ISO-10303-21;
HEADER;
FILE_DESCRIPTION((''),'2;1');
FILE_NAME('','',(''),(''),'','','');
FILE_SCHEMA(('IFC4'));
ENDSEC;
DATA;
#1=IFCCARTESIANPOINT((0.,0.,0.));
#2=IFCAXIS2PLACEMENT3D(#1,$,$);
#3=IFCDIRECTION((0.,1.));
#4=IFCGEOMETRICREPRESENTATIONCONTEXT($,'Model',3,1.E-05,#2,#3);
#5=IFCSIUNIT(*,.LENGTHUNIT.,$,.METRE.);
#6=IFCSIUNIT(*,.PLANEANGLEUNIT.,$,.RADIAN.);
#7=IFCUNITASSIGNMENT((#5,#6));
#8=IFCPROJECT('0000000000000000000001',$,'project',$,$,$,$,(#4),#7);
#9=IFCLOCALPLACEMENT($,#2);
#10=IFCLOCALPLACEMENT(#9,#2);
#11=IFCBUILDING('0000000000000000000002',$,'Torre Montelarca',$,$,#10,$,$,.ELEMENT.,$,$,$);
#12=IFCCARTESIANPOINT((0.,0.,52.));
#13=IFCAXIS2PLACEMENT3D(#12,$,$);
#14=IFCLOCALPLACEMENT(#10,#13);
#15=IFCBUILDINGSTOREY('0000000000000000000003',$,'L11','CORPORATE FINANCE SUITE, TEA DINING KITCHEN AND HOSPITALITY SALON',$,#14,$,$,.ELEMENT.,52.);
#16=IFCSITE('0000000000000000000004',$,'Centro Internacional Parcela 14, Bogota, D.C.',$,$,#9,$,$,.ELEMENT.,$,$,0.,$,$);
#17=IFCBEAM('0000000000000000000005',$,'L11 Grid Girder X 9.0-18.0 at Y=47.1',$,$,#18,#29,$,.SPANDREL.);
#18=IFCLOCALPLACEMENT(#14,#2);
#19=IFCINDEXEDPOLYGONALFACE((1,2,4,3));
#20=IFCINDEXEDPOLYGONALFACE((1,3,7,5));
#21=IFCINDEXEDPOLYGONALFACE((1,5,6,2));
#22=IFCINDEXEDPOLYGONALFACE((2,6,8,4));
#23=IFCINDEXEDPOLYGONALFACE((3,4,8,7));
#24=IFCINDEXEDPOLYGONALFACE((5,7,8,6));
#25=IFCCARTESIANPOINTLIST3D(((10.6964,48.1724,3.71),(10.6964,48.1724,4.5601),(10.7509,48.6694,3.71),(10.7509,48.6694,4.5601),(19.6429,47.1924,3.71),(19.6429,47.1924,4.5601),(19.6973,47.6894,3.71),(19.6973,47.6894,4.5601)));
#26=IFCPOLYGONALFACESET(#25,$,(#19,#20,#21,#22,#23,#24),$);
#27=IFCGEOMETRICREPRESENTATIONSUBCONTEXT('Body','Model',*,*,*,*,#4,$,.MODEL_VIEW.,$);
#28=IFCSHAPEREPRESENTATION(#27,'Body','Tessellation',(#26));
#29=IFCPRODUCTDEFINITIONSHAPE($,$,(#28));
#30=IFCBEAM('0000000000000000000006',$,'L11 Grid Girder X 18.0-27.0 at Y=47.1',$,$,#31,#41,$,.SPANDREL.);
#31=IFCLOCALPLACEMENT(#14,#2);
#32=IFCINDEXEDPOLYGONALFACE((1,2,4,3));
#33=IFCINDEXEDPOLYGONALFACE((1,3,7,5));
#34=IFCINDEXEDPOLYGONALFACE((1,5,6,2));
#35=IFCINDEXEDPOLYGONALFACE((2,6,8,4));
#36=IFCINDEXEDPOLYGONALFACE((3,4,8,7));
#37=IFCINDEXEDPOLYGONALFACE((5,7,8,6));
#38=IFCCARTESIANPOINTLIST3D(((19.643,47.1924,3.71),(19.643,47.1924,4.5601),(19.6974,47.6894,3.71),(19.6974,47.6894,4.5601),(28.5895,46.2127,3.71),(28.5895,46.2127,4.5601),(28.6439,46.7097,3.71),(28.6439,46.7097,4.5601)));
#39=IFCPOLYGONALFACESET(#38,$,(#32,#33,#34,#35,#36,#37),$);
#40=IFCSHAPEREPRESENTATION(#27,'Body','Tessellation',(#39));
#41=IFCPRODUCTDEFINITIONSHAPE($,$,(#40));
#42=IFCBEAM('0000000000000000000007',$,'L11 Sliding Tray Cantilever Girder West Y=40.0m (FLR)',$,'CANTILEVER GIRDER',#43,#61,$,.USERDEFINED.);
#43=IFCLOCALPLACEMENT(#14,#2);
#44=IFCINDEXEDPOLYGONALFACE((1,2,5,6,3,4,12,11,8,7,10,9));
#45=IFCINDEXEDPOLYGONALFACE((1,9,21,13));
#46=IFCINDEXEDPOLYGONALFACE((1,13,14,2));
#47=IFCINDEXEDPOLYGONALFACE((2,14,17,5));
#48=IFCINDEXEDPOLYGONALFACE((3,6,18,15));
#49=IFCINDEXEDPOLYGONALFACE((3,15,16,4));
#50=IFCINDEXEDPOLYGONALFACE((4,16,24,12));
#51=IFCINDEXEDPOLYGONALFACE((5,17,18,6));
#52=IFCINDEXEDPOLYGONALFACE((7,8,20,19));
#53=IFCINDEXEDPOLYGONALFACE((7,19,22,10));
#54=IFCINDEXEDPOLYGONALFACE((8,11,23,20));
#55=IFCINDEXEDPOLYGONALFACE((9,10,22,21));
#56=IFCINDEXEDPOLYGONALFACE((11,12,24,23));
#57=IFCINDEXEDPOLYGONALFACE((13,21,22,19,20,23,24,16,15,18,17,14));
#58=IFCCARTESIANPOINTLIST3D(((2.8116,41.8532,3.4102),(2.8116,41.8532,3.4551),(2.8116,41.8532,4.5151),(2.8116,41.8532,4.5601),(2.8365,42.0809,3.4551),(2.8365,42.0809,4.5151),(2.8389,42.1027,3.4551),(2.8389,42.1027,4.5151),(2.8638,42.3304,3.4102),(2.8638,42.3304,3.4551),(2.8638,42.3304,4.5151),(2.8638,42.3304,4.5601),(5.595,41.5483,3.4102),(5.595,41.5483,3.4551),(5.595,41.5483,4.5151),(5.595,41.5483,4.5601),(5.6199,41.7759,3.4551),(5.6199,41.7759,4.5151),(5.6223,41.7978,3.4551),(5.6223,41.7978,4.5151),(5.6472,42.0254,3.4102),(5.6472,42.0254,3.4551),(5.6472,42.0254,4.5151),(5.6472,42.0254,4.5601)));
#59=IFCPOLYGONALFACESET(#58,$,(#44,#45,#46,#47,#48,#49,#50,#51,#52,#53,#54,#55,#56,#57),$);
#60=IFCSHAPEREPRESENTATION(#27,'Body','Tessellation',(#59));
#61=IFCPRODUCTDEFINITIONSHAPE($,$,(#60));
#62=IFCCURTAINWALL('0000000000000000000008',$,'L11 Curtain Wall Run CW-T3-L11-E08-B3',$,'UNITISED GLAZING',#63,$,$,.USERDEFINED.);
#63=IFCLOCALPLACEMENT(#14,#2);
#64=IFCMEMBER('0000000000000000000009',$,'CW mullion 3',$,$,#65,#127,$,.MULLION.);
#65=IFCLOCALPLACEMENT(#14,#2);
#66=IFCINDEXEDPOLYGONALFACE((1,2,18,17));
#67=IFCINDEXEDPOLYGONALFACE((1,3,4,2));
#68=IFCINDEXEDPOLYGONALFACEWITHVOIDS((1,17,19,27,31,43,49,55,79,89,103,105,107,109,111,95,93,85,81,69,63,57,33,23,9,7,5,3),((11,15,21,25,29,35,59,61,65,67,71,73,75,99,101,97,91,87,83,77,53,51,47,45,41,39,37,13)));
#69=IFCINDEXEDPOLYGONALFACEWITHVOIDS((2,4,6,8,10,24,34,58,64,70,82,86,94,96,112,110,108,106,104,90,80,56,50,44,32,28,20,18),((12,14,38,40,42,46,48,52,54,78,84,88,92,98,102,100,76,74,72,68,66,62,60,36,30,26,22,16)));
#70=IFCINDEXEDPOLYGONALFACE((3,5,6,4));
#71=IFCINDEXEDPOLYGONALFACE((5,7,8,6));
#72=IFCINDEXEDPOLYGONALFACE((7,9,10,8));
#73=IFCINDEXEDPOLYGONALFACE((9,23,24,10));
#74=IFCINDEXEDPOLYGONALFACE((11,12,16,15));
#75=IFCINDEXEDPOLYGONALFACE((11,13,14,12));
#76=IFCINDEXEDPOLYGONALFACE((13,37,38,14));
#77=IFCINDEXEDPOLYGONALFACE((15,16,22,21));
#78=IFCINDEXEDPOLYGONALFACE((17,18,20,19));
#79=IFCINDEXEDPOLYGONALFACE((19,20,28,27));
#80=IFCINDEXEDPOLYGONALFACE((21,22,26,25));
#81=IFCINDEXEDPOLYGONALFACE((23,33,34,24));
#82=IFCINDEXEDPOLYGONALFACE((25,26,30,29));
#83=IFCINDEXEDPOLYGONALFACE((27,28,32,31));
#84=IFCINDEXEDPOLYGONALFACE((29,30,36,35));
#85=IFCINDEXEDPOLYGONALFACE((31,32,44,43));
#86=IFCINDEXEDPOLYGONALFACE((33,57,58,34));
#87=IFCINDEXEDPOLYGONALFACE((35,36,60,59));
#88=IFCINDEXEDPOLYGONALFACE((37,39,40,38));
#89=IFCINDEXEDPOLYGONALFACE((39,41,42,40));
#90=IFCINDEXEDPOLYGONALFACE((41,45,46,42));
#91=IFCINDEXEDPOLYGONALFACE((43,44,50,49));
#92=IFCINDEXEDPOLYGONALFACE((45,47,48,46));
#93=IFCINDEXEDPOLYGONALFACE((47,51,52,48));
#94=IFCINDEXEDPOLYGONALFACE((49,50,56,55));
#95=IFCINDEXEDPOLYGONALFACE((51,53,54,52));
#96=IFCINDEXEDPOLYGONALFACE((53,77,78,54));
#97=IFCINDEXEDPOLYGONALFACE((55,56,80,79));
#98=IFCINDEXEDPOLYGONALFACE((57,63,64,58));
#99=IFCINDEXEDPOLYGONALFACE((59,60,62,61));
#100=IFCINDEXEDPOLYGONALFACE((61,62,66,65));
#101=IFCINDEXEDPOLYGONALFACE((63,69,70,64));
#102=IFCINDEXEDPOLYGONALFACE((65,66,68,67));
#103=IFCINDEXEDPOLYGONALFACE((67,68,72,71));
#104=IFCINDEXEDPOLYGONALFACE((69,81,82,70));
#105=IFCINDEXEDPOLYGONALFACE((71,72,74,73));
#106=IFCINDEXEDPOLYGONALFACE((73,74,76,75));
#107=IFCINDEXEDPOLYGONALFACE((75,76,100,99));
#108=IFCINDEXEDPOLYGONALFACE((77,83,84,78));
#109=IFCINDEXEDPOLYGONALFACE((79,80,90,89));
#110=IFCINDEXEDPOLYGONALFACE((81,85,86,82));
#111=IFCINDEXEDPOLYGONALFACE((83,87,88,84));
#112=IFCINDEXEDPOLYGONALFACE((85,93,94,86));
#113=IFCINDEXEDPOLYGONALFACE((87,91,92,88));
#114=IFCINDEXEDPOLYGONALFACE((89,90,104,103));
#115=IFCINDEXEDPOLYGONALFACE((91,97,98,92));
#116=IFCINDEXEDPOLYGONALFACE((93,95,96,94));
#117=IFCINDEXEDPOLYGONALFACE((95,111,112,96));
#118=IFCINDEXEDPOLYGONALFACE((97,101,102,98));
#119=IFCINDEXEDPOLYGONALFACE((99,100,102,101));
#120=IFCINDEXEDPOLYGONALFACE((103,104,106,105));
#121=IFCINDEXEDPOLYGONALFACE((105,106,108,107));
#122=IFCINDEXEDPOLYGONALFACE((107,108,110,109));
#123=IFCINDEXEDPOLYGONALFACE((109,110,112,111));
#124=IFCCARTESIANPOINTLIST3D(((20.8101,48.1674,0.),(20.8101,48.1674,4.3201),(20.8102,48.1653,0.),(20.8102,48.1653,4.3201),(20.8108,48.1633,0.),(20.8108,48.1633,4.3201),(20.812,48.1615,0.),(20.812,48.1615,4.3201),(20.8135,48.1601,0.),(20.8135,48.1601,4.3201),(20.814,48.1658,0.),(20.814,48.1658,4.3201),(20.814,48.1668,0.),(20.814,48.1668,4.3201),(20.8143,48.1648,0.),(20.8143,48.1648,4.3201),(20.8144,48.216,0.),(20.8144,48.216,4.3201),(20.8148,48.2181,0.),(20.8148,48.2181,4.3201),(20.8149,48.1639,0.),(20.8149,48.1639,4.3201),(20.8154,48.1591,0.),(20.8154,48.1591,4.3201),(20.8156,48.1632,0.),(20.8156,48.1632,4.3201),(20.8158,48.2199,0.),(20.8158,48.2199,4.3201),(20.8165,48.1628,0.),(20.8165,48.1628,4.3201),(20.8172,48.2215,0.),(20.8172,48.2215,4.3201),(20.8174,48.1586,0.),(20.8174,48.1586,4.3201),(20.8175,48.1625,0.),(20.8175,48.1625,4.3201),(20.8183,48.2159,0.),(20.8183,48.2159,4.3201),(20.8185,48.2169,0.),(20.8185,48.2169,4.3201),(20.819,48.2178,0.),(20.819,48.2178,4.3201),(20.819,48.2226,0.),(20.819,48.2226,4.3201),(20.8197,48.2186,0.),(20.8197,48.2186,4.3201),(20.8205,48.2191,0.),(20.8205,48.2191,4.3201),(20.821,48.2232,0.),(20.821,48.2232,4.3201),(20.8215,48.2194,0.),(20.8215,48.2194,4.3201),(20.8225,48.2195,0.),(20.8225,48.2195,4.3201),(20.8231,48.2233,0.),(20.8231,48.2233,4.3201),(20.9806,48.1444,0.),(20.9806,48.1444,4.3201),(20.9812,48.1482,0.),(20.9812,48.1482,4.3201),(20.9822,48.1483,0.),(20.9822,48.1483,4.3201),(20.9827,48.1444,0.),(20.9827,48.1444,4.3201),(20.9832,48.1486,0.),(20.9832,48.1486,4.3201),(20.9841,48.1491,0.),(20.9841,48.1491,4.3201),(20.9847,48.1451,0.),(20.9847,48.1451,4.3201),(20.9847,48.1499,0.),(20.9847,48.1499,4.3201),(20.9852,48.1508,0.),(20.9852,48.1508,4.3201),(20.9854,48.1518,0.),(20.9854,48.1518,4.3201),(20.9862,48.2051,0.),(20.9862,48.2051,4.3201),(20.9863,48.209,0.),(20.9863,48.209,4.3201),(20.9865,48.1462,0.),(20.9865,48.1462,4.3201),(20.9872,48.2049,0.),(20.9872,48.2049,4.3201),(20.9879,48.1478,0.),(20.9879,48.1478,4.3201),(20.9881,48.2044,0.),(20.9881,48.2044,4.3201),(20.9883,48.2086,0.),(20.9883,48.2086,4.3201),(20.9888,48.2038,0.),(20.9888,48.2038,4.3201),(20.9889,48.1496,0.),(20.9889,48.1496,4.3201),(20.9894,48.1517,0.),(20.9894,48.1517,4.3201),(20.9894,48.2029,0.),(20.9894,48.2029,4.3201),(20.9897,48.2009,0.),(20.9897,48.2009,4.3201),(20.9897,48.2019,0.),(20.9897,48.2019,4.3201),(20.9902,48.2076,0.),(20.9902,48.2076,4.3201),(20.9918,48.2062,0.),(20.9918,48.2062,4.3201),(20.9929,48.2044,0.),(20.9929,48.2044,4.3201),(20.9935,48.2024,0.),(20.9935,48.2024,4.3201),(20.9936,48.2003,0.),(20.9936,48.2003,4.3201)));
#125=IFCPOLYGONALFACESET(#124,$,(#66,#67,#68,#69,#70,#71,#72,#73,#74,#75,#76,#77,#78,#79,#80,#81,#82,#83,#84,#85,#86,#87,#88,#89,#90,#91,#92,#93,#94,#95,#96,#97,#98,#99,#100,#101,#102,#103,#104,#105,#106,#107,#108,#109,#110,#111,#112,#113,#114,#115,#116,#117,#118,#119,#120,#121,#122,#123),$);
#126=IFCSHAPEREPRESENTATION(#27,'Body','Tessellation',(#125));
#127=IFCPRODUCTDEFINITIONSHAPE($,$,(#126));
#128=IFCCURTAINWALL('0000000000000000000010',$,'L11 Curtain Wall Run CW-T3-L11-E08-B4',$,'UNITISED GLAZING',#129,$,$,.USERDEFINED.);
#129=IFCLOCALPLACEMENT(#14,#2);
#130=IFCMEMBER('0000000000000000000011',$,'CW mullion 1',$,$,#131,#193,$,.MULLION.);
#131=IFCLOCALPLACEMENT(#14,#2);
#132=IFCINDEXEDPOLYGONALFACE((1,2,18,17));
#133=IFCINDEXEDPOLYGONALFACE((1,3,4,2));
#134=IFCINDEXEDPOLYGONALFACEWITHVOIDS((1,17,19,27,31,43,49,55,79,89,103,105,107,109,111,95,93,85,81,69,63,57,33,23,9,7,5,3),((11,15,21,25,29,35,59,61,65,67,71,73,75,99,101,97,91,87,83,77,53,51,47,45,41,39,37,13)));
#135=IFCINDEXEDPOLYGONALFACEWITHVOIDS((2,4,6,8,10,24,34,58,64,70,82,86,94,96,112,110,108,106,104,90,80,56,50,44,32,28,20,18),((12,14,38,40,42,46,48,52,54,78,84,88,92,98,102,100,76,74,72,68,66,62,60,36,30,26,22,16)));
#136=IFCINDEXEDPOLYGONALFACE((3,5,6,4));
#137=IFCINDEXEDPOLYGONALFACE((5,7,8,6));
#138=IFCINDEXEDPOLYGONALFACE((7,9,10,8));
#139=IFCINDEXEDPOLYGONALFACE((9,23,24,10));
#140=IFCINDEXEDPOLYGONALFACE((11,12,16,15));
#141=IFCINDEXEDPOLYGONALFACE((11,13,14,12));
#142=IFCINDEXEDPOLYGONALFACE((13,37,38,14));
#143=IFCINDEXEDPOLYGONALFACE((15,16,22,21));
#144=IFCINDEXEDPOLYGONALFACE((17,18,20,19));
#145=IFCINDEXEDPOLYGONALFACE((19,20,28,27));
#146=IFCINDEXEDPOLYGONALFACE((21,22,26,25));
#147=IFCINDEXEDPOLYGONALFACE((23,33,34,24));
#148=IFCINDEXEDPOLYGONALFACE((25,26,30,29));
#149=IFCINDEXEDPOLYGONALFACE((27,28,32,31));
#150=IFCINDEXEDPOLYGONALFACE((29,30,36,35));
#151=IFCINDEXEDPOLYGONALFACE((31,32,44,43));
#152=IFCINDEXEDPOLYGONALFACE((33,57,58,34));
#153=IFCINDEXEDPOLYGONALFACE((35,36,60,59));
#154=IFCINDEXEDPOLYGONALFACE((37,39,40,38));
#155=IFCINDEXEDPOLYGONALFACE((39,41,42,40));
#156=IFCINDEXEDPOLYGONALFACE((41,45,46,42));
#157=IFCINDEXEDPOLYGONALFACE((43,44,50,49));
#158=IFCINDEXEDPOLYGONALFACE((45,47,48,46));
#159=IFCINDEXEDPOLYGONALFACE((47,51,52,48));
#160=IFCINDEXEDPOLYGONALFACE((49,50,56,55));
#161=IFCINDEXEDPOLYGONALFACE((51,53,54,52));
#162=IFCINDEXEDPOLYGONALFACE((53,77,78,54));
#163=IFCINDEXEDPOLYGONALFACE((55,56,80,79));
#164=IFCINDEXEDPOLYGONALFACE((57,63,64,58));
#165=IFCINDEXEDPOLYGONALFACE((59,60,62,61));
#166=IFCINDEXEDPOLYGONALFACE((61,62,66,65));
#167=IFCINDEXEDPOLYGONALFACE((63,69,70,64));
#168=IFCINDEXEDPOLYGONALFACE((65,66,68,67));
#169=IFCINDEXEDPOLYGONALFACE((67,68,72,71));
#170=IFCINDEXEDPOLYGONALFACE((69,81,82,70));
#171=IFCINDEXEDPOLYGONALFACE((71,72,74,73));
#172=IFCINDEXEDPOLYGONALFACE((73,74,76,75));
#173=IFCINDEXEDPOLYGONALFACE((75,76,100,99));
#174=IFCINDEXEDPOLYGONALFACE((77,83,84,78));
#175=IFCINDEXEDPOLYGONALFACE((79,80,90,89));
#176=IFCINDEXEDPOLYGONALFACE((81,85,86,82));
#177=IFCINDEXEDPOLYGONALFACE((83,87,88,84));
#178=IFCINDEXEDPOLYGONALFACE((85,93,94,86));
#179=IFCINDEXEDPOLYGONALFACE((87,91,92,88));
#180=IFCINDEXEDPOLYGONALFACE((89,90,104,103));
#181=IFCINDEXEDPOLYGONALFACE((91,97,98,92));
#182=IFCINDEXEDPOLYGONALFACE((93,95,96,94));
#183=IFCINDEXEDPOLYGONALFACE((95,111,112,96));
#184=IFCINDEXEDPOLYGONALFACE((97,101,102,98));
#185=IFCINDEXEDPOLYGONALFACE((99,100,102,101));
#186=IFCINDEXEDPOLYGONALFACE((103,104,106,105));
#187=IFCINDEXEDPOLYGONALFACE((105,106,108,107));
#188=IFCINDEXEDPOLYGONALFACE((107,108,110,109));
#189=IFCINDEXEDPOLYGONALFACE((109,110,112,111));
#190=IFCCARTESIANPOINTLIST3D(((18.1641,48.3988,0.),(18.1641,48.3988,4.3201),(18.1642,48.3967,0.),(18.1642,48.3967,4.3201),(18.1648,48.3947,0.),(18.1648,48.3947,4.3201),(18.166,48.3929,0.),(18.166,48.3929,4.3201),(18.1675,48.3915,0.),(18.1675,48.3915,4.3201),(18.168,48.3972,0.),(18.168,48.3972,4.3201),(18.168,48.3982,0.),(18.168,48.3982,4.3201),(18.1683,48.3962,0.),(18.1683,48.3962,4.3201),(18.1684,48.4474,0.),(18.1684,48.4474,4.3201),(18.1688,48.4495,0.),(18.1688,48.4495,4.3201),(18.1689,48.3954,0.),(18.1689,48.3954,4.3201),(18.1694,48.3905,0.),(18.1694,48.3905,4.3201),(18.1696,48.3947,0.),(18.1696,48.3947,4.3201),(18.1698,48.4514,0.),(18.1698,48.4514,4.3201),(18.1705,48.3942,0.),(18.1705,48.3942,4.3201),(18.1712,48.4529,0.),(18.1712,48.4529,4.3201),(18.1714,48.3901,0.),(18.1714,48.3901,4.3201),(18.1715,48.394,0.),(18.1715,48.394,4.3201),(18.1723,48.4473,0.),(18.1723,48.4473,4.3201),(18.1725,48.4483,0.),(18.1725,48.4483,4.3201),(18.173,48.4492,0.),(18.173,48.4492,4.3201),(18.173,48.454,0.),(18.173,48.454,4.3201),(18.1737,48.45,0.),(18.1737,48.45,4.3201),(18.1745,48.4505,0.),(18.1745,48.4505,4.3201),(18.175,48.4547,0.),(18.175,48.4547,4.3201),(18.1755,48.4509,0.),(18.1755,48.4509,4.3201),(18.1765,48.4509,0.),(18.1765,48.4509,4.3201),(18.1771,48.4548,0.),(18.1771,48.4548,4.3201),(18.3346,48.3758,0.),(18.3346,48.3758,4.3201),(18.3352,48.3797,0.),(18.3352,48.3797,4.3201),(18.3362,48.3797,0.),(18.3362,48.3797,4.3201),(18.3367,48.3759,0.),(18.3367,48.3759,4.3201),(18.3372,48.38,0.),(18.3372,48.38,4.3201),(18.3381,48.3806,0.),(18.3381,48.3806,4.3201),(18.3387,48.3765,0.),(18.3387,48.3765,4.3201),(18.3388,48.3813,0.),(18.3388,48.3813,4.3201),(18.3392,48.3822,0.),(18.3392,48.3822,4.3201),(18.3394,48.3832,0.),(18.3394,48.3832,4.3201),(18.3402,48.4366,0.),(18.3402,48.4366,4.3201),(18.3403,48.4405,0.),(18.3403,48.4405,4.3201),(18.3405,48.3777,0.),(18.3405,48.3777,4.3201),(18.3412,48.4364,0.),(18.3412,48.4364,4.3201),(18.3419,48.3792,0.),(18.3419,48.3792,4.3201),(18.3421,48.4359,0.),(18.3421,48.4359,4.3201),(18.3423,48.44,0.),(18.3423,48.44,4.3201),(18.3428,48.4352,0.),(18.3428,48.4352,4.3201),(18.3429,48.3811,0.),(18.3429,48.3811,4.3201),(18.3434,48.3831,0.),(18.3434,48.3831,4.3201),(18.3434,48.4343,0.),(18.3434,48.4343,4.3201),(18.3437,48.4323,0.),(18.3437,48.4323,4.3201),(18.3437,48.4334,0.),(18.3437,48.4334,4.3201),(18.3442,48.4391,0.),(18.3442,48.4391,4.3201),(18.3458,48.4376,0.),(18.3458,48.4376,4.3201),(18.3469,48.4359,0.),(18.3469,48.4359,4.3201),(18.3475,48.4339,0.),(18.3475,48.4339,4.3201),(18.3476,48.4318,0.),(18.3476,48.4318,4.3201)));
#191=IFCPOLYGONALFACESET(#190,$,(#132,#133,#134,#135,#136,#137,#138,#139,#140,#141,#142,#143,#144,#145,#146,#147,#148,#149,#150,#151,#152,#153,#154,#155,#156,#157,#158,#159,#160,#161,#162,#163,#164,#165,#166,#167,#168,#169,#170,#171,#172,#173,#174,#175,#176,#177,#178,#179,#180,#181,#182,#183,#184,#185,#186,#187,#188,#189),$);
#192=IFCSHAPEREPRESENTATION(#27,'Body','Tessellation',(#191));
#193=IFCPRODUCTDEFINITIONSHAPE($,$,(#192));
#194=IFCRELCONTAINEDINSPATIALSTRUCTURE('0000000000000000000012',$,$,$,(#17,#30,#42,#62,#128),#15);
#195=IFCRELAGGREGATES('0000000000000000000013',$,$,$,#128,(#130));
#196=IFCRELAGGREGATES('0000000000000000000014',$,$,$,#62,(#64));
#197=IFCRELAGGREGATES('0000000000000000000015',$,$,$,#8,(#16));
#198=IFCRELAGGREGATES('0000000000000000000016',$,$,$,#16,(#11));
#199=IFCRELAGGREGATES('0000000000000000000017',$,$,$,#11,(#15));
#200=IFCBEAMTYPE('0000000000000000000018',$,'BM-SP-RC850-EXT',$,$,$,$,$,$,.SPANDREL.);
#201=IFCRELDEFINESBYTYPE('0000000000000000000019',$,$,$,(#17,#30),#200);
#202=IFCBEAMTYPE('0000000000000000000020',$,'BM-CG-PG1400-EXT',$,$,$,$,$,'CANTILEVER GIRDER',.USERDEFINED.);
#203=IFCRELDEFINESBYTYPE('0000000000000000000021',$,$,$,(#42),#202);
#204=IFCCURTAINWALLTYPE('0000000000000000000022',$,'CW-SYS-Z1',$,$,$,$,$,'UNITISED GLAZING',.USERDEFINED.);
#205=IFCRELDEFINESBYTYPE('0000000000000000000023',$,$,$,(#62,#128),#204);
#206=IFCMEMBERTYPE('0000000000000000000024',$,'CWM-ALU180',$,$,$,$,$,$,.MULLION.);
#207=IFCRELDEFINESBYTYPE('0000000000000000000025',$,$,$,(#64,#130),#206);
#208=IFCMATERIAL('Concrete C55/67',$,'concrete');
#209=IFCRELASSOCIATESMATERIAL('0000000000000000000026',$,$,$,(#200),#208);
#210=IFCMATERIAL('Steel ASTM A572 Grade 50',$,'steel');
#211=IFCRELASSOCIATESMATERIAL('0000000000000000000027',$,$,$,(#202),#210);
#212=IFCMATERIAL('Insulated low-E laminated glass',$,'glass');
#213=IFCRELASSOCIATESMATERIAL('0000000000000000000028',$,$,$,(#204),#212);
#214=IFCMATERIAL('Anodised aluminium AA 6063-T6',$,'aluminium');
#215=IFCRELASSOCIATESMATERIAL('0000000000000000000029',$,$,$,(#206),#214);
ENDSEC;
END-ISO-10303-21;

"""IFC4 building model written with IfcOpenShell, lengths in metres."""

from ifc_helpers import new_model, si_unit, direction, frame, origin, origin_2d, place, context, subcontext, project, spatial, rectangle, hollow_rectangle, i_section, extrude, source, transform, mapped, material, material_profile, profile_set, type_object, element, aggregate, save


model = new_model("IFC4")

# Units and contexts
model_context = context("Model", 3, precision=1e-05, world=origin(), true_north=direction((0.0, 1.0)))
body_context = subcontext(model_context, "Body", "Model", "MODEL_VIEW")
ifc_project = project(units=[si_unit("LENGTHUNIT", "METRE"), si_unit("PLANEANGLEUNIT", "RADIAN")], contexts=[model_context])

# Site, building, storey
site_placement = place(None, origin())
site = spatial("IfcSite", under=ifc_project, at=site_placement, Name="Centro Internacional Parcela 14, Bogota, D.C.", CompositionType="ELEMENT", RefElevation=0.0)
building_placement = place(site_placement, origin())
building = spatial("IfcBuilding", under=site, at=building_placement, Name="Torre Montelarca", CompositionType="ELEMENT")
storey_placement = place(building_placement, frame((0.0, 0.0, 52.0)))
storey = spatial("IfcBuildingStorey", under=building, at=storey_placement, Name="L11", Description="CORPORATE FINANCE SUITE, TEA DINING KITCHEN AND HOSPITALITY SALON", CompositionType="ELEMENT", Elevation=52.0)

# Shared definitions
ifc_material_1 = material(Name="Concrete C55/67", Category="concrete")

# Beams
ifc_material_profile_1 = material_profile(ifc_material_1, rectangle(XDim=0.5, YDim=0.8501, at=origin_2d()), Name="RCB500X850", Category="concrete")
ifc_profile_set_1 = profile_set([ifc_material_profile_1], Name="Concrete C55/67")
beam_type_1 = type_object("IfcBeamType", Name="BM-SP-RC850-EXT", PredefinedType="SPANDREL", material=ifc_profile_set_1)
shared_shape_1 = source(origin(), body_context, "Body", "SweptSolid", [
    extrude(rectangle(XDim=0.5, YDim=0.8501, at=origin_2d()), origin(), (0.0, 0.0, 1.0), 9.0),
])
for number, where, z_axis, x_axis, name in (
    (1, (10.7236, 48.4209, 4.135), (0.994054, -0.108886, 0.0), (0.108886, 0.994054, 0.0), "L11 Grid Girder X 9.0-18.0 at Y=47.1"),
    (2, (19.6702, 47.4409, 4.135), (0.994057, -0.108859, 0.0), (0.108859, 0.994057, 0.0), "L11 Grid Girder X 18.0-27.0 at Y=47.1"),
):
    element("IfcBeam", number, at=place(storey_placement, frame(where, z_axis=z_axis, x_axis=x_axis)), inside=storey, type_object=beam_type_1, Name=name, PredefinedType="SPANDREL", context=body_context, shape_type="MappedRepresentation", body=[
        mapped(shared_shape_1, transform((0.0, 0.0, 0.0), scale=1.0)),
    ])
ifc_material_2 = material(Name="Steel ASTM A572 Grade 50", Category="steel")
ifc_material_profile_2 = material_profile(ifc_material_2, i_section(OverallWidth=0.48, OverallDepth=1.1499, WebThickness=0.022, FlangeThickness=0.0449, at=origin_2d()), Name="PG1150X480X22X45", Category="steel")
ifc_profile_set_2 = profile_set([ifc_material_profile_2], Name="Steel ASTM A572 Grade 50")
beam_type_2 = type_object("IfcBeamType", Name="BM-CG-PG1400-EXT", ElementType="CANTILEVER GIRDER", PredefinedType="USERDEFINED", material=ifc_profile_set_2)
shared_shape_2 = source(origin(), body_context, "Body", "SweptSolid", [
    extrude(i_section(OverallWidth=0.48, OverallDepth=1.1499, WebThickness=0.022, FlangeThickness=0.0449, at=origin_2d()), origin(), (0.0, 0.0, 1.0), 2.8),
])
beam_placement = place(storey_placement, frame((5.6211, 41.7869, 3.9851), z_axis=(-0.994053, 0.1089, 0.0), x_axis=(-0.1089, -0.994053, 0.0)))
element("IfcBeam", 3, at=beam_placement, inside=storey, type_object=beam_type_2, Name="L11 Sliding Tray Cantilever Girder West Y=40.0m (FLR)", ObjectType="CANTILEVER GIRDER", PredefinedType="USERDEFINED", context=body_context, shape_type="MappedRepresentation", body=[
    mapped(shared_shape_2, transform((0.0, 0.0, 0.0), scale=1.0)),
])

# Curtain wall, member
ifc_material_3 = material(Name="Insulated low-E laminated glass", Category="glass")
curtain_wall_type = type_object("IfcCurtainWallType", Name="CW-SYS-Z1", ElementType="UNITISED GLAZING", PredefinedType="USERDEFINED", material=ifc_material_3)
curtain_wall_1_placement = place(storey_placement, origin())
curtain_wall_1 = element("IfcCurtainWall", 4, at=curtain_wall_1_placement, inside=storey, type_object=curtain_wall_type, Name="L11 Curtain Wall Run CW-T3-L11-E08-B3", ObjectType="UNITISED GLAZING", PredefinedType="USERDEFINED")
ifc_material_4 = material(Name="Anodised aluminium AA 6063-T6", Category="aluminium")
ifc_material_profile_3 = material_profile(ifc_material_4, hollow_rectangle(XDim=0.0649, YDim=0.1799, WallThickness=0.0039, InnerFilletRadius=0.0039, OuterFilletRadius=0.0081, at=origin_2d()), Name="ALU65X180X4", Category="aluminium")
ifc_profile_set_3 = profile_set([ifc_material_profile_3], Name="Anodised aluminium AA 6063-T6")
member_type_1 = type_object("IfcMemberType", Name="CWM-ALU180", PredefinedType="MULLION", material=ifc_profile_set_3)
shared_shape_3 = source(origin(), body_context, "Body", "SweptSolid", [
    extrude(hollow_rectangle(XDim=0.0649, YDim=0.1799, WallThickness=0.0039, InnerFilletRadius=0.0039, OuterFilletRadius=0.0081, at=origin_2d()), origin(), (0.0, 0.0, 1.0), 4.3201),
])
member_1_placement = place(storey_placement, frame((20.9019, 48.1838, 0.0), z_axis=(0.0, 0.0, 1.0), x_axis=(-0.087162, -0.996194, 0.0)))
member_1 = element("IfcMember", 5, at=member_1_placement, type_object=member_type_1, Name="CW mullion 3", PredefinedType="MULLION", context=body_context, shape_type="MappedRepresentation", body=[
    mapped(shared_shape_3, transform((0.0, 0.0, 0.0), scale=1.0)),
])

# Curtain wall, member
curtain_wall_2_placement = place(storey_placement, origin())
curtain_wall_2 = element("IfcCurtainWall", 6, at=curtain_wall_2_placement, inside=storey, type_object=curtain_wall_type, Name="L11 Curtain Wall Run CW-T3-L11-E08-B4", ObjectType="UNITISED GLAZING", PredefinedType="USERDEFINED")
member_2_placement = place(storey_placement, frame((18.2559, 48.4153, 0.0), z_axis=(0.0, 0.0, 1.0), x_axis=(-0.08716, -0.996194, 0.0)))
member_2 = element("IfcMember", 7, at=member_2_placement, type_object=member_type_1, Name="CW mullion 1", PredefinedType="MULLION", context=body_context, shape_type="MappedRepresentation", body=[
    mapped(shared_shape_3, transform((0.0, 0.0, 0.0), scale=1.0)),
])

aggregate(curtain_wall_2, [member_2])
aggregate(curtain_wall_1, [member_1])

save(model, "model.ifc")
